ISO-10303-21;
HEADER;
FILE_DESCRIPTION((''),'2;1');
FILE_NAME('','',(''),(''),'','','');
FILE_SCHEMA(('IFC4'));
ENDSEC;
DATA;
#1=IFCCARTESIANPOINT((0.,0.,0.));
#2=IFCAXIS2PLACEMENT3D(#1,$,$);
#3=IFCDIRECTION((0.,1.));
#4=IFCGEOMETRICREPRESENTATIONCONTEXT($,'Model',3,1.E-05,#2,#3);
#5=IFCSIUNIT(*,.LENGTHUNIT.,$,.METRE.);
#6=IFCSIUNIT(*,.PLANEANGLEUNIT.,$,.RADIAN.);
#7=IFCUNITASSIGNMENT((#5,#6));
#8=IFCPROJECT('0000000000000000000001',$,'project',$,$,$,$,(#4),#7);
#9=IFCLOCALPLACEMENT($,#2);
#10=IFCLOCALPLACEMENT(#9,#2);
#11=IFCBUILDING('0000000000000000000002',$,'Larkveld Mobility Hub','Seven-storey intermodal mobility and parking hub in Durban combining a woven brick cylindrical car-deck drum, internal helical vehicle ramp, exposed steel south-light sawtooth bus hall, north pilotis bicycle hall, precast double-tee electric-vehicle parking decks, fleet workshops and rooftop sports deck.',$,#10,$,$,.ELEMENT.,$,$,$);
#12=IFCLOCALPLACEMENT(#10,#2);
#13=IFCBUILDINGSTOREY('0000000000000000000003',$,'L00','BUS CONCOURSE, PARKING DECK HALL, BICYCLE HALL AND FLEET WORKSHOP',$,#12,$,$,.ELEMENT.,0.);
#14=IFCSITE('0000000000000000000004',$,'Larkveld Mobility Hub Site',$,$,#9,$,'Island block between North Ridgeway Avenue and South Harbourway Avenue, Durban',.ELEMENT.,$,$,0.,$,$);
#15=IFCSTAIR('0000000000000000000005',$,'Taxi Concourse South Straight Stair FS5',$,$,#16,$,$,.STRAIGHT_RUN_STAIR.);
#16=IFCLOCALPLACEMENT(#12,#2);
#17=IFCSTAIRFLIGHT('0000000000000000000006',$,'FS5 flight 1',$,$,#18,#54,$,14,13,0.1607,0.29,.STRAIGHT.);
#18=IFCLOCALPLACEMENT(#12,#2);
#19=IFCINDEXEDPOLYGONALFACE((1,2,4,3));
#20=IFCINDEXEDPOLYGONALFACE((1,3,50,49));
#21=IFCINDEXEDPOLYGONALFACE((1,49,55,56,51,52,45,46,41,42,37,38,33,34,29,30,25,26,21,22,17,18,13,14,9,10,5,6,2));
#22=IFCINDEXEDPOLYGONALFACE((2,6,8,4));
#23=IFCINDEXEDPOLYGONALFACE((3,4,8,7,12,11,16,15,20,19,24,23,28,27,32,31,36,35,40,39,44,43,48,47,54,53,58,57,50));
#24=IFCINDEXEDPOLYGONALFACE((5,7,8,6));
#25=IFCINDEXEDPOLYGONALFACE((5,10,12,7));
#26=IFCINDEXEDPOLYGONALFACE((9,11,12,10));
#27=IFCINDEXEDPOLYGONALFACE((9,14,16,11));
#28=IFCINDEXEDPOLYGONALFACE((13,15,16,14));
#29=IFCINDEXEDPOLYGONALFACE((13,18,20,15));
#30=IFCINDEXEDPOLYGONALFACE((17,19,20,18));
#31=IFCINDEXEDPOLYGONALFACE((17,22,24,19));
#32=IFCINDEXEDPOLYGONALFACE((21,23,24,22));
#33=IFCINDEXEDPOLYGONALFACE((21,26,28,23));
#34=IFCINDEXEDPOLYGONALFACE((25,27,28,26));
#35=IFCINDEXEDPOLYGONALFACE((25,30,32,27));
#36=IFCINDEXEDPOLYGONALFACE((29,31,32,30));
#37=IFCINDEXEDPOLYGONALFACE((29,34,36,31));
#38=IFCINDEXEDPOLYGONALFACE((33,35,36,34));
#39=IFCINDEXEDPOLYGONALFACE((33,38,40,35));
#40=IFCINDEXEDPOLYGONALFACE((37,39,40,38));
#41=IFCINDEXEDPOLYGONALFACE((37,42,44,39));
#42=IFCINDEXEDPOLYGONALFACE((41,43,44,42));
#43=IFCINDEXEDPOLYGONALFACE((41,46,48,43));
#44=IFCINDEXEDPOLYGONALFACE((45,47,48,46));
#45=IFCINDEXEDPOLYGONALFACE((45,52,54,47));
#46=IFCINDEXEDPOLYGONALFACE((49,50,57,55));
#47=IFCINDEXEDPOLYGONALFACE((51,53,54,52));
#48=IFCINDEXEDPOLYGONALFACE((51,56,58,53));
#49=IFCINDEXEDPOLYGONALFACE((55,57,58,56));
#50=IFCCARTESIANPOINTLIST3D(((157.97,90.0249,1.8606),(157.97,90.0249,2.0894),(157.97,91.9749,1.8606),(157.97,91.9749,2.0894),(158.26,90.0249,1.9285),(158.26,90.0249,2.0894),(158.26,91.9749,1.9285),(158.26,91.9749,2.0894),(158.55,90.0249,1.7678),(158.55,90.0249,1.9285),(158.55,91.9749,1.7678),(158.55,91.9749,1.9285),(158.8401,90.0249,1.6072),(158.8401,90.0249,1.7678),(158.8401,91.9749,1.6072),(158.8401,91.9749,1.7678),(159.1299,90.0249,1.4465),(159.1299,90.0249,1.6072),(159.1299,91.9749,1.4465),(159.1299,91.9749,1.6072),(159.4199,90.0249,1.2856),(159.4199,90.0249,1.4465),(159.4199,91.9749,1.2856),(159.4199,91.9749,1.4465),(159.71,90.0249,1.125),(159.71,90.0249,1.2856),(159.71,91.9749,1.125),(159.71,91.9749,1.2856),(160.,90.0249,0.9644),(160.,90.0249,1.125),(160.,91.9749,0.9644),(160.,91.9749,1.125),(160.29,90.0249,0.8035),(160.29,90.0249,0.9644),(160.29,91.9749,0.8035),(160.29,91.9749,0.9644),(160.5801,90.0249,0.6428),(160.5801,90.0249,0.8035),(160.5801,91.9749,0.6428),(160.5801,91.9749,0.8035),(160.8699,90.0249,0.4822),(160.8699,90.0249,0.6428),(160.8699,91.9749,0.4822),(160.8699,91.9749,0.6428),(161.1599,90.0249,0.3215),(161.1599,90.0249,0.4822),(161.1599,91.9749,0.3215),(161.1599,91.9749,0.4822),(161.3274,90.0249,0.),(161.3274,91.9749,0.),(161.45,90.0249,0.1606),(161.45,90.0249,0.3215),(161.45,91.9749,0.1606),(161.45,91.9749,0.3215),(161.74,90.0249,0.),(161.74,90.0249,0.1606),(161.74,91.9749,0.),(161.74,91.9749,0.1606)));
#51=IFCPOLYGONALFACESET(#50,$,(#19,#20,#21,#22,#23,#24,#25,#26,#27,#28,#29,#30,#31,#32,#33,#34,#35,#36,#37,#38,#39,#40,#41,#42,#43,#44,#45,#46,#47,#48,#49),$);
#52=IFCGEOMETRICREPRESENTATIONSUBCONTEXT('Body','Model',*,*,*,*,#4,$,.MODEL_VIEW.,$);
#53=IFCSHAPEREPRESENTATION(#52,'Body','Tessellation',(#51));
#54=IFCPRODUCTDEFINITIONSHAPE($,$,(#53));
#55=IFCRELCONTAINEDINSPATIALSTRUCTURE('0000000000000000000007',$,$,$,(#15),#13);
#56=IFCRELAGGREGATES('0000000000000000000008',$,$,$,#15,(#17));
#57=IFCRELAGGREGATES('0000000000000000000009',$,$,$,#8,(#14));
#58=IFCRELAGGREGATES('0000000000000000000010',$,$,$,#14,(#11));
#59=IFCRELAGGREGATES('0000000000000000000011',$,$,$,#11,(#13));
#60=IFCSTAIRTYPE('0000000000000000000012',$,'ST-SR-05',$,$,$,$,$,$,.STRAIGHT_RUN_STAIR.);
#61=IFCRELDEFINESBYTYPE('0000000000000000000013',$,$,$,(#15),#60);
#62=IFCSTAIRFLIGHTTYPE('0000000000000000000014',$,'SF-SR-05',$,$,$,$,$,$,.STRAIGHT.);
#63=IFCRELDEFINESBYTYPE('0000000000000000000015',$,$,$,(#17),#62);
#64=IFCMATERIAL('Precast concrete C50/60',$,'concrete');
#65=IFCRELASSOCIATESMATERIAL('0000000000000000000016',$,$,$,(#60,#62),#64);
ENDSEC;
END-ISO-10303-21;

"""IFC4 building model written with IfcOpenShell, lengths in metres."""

from ifc_helpers import new_model, si_unit, direction, frame, origin, place, context, subcontext, project, spatial, polyline, outline, extrude, material, type_object, element, aggregate, save


model = new_model("IFC4")

# Units and contexts
model_context = context("Model", 3, precision=1e-05, world=origin(), true_north=direction((0.0, 1.0)))
body_context = subcontext(model_context, "Body", "Model", "MODEL_VIEW")
ifc_project = project(units=[si_unit("LENGTHUNIT", "METRE"), si_unit("PLANEANGLEUNIT", "RADIAN")], contexts=[model_context])

# Site, building, storey
site_placement = place(None, origin())
site = spatial("IfcSite", under=ifc_project, at=site_placement, Name="Larkveld Mobility Hub Site", LongName="Island block between North Ridgeway Avenue and South Harbourway Avenue, Durban", CompositionType="ELEMENT", RefElevation=0.0)
building_placement = place(site_placement, origin())
building = spatial("IfcBuilding", under=site, at=building_placement, Name="Larkveld Mobility Hub", Description="Seven-storey intermodal mobility and parking hub in Durban combining a woven brick cylindrical car-deck drum, internal helical vehicle ramp, exposed steel south-light sawtooth bus hall, north pilotis bicycle hall, precast double-tee electric-vehicle parking decks, fleet workshops and rooftop sports deck.", CompositionType="ELEMENT")
storey_placement = place(building_placement, origin())
storey = spatial("IfcBuildingStorey", under=building, at=storey_placement, Name="L00", Description="BUS CONCOURSE, PARKING DECK HALL, BICYCLE HALL AND FLEET WORKSHOP", CompositionType="ELEMENT", Elevation=0.0)

# Shared definitions
ifc_material_1 = material(Name="Precast concrete C50/60", Category="concrete")

# Stair, stair flight
stair_type_1 = type_object("IfcStairType", Name="ST-SR-05", PredefinedType="STRAIGHT_RUN_STAIR", material=ifc_material_1)
stair_1_placement = place(storey_placement, origin())
stair_1 = element("IfcStair", 1, at=stair_1_placement, inside=storey, type_object=stair_type_1, Name="Taxi Concourse South Straight Stair FS5", PredefinedType="STRAIGHT_RUN_STAIR")
stair_flight_type_1 = type_object("IfcStairFlightType", Name="SF-SR-05", PredefinedType="STRAIGHT", material=ifc_material_1)
stair_flight_1_placement = place(storey_placement, frame((161.74, 91.0, 0.0), z_axis=(0.0, 0.0, 1.0), x_axis=(-1.0, 0.0, 0.0)))
stair_flight_1 = element("IfcStairFlight", 2, at=stair_flight_1_placement, type_object=stair_flight_type_1, Name="FS5 flight 1", NumberOfRisers=14, NumberOfTreads=13, PredefinedType="STRAIGHT", RiserHeight=0.1607, TreadLength=0.29, context=body_context, shape_type="SweptSolid", body=[
    extrude(outline(polyline([(0.0, 0.0), (0.0, 0.1606), (0.29, 0.1606), (0.29, 0.3215), (0.5801, 0.3215), (0.5801, 0.4822), (0.8701, 0.4822), (0.8701, 0.6428), (1.1599, 0.6428), (1.1599, 0.8035), (1.45, 0.8035), (1.45, 0.9644), (1.74, 0.9644), (1.74, 1.125), (2.03, 1.125), (2.03, 1.2856), (2.3201, 1.2856), (2.3201, 1.4465), (2.6101, 1.4465), (2.6101, 1.6072), (2.8999, 1.6072), (2.8999, 1.7678), (3.1899, 1.7678), (3.1899, 1.9285), (3.48, 1.9285), (3.48, 2.0894), (3.77, 2.0894), (3.77, 2.25), (3.77, 1.8606), (0.4126, 0.0), (0.0, 0.0)])), frame((0.0, 0.9751, 0.0), z_axis=(0.0, -1.0, 0.0), x_axis=(1.0, 0.0, 0.0)), (0.0, 0.0, 1.0), 1.95),
])
aggregate(stair_1, [stair_flight_1])

save(model, "model.ifc")
